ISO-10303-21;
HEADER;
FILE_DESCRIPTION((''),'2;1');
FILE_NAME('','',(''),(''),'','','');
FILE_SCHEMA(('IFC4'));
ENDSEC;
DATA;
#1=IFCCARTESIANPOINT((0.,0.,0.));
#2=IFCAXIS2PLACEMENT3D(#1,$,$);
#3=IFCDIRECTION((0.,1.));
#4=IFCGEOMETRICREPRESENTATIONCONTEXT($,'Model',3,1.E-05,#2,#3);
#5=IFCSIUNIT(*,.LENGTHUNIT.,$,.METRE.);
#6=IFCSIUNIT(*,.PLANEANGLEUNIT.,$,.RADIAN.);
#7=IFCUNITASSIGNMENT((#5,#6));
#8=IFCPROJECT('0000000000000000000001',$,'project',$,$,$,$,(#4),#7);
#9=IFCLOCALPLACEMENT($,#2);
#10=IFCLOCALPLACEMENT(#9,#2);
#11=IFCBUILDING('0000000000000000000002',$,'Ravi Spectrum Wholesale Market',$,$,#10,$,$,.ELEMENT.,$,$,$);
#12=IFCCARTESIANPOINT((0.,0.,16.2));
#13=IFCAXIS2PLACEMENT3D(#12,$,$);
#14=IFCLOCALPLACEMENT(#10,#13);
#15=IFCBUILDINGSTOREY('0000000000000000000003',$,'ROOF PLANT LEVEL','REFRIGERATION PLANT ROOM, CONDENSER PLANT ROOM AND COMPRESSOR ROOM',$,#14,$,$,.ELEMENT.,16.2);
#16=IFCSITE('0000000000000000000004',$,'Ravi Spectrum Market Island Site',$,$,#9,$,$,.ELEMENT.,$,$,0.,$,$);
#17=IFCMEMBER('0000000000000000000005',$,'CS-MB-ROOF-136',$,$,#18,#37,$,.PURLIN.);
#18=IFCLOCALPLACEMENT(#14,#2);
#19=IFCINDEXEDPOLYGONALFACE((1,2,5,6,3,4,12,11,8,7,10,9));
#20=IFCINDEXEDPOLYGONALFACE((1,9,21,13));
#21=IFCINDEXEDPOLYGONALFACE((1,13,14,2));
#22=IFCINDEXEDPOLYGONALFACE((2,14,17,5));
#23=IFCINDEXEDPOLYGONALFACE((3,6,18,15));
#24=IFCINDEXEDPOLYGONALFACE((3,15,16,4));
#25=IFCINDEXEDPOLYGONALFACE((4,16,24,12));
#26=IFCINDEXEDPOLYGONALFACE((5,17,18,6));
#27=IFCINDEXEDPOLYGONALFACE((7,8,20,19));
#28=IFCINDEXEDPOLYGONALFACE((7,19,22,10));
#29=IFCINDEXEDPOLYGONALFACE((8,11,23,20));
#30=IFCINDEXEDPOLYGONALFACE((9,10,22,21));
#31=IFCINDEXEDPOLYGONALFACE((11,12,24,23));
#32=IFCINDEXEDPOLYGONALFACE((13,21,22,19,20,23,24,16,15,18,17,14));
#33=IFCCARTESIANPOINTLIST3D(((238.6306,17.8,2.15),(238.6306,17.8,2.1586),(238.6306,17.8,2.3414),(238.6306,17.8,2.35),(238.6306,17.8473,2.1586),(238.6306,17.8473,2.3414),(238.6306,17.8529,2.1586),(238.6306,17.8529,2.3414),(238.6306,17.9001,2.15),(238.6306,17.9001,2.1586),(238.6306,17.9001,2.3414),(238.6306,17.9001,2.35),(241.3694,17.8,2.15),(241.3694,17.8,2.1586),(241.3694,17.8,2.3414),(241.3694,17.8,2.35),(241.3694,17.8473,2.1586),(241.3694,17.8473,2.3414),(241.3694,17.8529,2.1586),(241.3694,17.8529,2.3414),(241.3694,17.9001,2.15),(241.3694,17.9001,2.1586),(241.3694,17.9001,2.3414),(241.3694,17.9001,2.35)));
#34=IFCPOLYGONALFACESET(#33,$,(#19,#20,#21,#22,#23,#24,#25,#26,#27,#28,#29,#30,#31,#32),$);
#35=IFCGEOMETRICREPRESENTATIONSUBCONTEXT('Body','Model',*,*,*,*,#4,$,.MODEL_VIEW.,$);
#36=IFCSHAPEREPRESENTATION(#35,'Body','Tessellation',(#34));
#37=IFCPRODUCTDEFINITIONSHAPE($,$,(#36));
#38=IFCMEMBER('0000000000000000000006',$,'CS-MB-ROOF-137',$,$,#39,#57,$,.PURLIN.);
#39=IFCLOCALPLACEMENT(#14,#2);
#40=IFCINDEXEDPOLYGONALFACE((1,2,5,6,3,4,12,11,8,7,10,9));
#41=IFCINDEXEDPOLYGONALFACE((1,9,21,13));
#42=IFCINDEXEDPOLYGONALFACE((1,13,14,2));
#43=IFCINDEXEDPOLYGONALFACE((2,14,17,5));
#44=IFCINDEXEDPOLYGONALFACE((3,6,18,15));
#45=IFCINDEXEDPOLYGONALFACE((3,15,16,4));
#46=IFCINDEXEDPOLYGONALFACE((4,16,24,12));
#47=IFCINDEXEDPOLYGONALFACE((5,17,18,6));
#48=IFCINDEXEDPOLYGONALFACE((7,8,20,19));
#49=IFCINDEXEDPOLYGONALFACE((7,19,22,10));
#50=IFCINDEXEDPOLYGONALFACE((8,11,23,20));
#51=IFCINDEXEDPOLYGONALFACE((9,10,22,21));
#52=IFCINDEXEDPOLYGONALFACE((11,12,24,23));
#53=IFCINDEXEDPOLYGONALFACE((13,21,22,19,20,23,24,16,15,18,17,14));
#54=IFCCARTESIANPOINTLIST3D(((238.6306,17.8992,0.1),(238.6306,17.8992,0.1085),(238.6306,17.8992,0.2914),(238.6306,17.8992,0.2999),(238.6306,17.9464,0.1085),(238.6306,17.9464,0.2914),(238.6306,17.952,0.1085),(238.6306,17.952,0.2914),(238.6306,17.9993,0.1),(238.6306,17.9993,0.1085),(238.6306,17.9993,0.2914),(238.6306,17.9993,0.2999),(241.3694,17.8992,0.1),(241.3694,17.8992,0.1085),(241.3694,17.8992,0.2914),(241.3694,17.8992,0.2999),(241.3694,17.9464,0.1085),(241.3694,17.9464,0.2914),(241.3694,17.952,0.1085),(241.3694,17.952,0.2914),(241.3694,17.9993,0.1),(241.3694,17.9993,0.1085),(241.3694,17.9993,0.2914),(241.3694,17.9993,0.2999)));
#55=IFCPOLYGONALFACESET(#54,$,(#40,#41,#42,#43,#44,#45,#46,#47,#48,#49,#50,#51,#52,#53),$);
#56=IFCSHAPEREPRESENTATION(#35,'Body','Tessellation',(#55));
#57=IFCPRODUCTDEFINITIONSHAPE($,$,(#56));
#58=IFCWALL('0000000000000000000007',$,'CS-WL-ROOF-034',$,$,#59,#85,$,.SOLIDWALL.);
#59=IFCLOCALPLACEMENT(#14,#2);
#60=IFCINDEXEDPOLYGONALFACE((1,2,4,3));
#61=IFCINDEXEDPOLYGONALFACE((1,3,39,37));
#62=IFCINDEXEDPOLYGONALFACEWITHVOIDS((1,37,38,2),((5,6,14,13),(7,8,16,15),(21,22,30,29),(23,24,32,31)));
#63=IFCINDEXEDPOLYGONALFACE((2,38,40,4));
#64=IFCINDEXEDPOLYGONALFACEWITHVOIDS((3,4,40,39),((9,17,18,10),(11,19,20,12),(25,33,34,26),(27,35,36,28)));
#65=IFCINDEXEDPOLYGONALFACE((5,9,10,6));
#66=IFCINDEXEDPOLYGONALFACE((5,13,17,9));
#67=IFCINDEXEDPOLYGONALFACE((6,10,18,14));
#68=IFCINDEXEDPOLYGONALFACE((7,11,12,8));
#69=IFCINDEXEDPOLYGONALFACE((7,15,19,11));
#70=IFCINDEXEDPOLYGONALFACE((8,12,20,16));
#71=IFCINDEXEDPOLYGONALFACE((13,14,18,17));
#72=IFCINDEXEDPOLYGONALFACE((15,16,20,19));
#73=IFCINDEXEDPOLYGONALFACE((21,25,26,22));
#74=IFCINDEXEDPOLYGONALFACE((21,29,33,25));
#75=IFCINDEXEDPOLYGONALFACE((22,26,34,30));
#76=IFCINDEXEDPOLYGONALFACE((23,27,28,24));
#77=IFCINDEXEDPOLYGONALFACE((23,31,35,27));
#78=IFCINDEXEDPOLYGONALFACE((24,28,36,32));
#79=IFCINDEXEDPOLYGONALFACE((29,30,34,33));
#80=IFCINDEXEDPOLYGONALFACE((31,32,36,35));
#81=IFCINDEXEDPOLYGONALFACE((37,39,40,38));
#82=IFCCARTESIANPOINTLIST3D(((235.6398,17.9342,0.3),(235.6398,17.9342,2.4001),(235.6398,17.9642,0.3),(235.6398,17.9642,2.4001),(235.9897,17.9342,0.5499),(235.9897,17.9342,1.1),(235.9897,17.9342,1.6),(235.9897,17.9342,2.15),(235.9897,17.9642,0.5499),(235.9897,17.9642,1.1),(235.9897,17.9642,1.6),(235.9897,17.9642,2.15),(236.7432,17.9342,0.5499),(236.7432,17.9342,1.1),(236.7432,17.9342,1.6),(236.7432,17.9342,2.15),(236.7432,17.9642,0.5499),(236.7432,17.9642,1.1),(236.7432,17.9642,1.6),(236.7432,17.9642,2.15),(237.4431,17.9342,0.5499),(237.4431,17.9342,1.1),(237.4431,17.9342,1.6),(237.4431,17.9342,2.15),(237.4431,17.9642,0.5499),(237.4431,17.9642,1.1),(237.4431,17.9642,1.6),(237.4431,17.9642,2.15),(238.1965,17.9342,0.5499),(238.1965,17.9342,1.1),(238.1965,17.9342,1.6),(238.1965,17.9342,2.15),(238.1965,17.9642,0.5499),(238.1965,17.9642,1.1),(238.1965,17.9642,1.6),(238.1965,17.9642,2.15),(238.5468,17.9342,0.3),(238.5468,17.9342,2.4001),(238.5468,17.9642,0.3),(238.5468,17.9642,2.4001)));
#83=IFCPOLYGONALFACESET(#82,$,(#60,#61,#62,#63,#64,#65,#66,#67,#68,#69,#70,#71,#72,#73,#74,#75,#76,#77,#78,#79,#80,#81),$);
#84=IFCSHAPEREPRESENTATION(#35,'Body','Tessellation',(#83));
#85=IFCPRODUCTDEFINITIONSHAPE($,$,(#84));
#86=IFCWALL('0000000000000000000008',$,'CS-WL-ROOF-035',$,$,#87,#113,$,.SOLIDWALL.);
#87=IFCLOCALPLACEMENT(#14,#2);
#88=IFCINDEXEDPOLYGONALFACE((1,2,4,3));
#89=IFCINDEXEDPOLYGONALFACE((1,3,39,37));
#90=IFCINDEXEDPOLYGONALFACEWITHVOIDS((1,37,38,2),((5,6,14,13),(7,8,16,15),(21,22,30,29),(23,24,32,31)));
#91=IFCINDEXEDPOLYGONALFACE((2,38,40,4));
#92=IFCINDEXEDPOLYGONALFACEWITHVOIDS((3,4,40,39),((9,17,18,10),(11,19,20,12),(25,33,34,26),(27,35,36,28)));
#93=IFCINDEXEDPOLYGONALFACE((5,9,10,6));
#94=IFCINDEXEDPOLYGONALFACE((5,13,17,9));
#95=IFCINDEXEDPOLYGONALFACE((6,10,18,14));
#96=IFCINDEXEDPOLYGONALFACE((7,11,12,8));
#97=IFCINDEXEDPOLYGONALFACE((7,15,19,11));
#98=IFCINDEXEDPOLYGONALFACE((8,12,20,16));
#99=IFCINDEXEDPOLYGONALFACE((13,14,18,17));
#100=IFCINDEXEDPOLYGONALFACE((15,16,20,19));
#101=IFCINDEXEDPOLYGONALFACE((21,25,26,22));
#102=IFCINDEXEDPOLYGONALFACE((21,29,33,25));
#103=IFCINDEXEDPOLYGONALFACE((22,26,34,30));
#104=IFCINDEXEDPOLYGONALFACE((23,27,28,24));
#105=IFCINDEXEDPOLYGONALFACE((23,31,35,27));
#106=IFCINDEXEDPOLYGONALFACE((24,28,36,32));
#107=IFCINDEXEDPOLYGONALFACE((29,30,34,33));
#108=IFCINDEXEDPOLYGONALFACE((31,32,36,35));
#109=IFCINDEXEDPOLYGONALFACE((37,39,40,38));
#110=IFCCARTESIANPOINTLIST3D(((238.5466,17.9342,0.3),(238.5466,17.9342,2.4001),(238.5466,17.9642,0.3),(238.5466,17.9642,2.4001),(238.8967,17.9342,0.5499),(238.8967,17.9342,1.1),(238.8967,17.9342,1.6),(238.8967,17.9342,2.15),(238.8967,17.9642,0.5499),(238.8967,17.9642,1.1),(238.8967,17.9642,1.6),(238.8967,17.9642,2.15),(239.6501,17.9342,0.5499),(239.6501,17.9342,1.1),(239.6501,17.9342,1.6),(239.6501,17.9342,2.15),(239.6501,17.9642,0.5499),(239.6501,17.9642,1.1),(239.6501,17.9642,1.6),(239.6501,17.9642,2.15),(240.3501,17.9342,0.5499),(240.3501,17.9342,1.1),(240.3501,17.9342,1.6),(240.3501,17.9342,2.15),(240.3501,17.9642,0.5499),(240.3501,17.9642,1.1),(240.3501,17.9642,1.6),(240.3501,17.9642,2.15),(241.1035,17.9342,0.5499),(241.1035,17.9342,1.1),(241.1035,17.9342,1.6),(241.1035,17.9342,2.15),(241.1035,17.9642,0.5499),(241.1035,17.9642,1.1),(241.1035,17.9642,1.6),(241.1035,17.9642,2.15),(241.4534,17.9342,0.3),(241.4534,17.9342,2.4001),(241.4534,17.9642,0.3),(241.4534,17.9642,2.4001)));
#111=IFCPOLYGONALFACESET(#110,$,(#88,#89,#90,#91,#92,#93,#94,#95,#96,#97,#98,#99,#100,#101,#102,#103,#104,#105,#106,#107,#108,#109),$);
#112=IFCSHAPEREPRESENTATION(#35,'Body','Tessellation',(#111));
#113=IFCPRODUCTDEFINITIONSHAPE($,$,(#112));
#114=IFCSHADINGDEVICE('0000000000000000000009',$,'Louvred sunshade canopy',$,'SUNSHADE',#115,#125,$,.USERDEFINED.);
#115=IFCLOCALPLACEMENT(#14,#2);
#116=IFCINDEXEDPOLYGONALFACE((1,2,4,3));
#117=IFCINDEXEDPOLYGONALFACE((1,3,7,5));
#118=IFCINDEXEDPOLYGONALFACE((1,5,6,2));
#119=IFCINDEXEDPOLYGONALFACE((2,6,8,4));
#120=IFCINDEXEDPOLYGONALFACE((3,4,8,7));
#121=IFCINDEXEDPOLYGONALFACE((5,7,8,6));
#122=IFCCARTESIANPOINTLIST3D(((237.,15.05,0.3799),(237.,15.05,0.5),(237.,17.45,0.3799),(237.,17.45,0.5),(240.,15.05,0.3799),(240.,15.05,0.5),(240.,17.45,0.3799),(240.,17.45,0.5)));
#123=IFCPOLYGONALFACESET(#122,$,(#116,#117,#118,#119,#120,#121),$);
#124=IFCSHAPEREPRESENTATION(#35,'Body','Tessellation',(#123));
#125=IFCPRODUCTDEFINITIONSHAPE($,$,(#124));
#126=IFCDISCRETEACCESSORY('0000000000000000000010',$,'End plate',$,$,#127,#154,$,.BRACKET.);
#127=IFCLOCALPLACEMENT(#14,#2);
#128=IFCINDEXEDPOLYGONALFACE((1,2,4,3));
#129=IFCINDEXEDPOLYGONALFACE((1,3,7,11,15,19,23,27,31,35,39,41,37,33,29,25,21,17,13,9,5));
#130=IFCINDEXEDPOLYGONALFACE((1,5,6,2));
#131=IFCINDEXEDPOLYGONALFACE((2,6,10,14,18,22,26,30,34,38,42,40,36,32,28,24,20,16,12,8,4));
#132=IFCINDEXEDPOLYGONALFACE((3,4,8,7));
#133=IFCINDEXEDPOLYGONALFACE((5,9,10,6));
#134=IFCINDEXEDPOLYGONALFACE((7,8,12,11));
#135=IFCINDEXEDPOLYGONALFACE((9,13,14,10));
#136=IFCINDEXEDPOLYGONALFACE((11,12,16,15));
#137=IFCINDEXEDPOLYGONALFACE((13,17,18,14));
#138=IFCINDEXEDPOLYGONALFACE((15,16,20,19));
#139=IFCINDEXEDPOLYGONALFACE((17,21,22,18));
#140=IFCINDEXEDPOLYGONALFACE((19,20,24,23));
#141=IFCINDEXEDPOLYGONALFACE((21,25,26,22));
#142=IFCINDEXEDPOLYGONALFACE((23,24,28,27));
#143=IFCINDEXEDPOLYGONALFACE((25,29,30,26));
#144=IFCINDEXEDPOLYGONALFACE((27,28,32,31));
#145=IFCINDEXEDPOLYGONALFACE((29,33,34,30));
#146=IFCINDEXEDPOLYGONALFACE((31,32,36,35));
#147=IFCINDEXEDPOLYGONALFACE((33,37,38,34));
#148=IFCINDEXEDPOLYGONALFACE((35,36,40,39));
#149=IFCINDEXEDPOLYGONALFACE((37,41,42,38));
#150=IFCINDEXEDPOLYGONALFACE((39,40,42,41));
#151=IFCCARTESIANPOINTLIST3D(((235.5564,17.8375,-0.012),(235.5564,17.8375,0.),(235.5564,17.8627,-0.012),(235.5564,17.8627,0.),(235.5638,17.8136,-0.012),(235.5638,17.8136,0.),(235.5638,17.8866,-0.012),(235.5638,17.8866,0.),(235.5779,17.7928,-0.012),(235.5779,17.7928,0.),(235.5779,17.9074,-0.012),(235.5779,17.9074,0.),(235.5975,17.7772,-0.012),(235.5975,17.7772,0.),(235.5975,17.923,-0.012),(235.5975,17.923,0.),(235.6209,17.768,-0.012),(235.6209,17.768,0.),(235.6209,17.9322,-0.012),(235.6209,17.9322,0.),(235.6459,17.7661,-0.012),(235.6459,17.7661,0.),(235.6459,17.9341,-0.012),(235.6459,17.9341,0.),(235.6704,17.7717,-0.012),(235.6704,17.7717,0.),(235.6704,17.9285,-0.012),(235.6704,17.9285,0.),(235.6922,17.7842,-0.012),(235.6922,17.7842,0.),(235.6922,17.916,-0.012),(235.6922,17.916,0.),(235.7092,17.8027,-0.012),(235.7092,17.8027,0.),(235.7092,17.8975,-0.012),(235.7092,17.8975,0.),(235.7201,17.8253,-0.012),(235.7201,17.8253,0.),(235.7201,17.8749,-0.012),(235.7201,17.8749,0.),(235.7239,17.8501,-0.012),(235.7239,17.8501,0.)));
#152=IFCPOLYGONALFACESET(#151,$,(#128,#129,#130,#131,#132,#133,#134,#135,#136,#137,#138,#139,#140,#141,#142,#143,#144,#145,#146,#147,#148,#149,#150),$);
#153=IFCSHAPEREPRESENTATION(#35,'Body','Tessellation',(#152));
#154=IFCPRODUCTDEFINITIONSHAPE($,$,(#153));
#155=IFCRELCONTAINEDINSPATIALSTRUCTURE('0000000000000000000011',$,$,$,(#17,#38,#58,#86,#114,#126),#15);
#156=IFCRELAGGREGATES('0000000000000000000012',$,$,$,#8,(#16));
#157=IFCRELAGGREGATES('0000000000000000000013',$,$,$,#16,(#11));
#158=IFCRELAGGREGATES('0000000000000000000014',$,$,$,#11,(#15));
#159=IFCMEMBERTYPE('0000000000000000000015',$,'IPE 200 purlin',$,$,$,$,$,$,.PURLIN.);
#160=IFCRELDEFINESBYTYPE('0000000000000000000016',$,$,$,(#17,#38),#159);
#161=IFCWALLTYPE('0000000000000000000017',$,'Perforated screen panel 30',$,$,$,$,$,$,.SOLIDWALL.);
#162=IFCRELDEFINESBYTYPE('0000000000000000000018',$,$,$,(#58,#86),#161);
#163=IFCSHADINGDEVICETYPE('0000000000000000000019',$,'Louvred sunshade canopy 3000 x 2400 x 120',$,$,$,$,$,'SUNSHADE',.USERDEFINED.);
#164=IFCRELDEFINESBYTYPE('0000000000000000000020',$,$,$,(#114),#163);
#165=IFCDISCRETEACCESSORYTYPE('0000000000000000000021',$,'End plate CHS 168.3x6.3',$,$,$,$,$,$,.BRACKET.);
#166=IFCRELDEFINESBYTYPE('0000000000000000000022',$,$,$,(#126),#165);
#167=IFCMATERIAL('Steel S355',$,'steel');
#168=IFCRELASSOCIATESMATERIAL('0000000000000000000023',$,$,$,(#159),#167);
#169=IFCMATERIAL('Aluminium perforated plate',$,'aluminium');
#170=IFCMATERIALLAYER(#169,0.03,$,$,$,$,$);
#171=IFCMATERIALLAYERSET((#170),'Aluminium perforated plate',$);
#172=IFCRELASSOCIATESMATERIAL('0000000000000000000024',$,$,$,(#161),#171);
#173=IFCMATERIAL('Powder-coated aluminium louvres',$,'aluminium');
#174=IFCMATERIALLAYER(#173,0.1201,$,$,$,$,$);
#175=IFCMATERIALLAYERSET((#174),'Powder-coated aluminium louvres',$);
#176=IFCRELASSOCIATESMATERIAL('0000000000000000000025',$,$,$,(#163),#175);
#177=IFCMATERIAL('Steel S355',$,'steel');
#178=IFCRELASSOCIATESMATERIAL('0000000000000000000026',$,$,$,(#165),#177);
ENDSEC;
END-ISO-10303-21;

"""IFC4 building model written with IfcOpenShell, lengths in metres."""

from ifc_helpers import new_model, si_unit, direction, frame, frame_2d, origin, origin_2d, place, context, subcontext, project, spatial, rectangle, circle, i_section, extrude, material, layer, layer_set, material_profile, profile_set, type_object, element, save


model = new_model("IFC4")

# Units and contexts
model_context = context("Model", 3, precision=1e-05, world=origin(), true_north=direction((0.0, 1.0)))
body_context = subcontext(model_context, "Body", "Model", "MODEL_VIEW")
ifc_project = project(units=[si_unit("LENGTHUNIT", "METRE"), si_unit("PLANEANGLEUNIT", "RADIAN")], contexts=[model_context])

# Site, building, storey
site_placement = place(None, origin())
site = spatial("IfcSite", under=ifc_project, at=site_placement, Name="Ravi Spectrum Market Island Site", CompositionType="ELEMENT", RefElevation=0.0)
building_placement = place(site_placement, origin())
building = spatial("IfcBuilding", under=site, at=building_placement, Name="Ravi Spectrum Wholesale Market", CompositionType="ELEMENT")
storey_placement = place(building_placement, frame((0.0, 0.0, 16.2)))
storey = spatial("IfcBuildingStorey", under=building, at=storey_placement, Name="ROOF PLANT LEVEL", Description="REFRIGERATION PLANT ROOM, CONDENSER PLANT ROOM AND COMPRESSOR ROOM", CompositionType="ELEMENT", Elevation=16.2)

# Members
ifc_material_1 = material(Name="Steel S355", Category="steel")
ifc_material_profile_1 = material_profile(ifc_material_1, i_section(OverallWidth=0.1001, OverallDepth=0.2, WebThickness=0.0056, FlangeThickness=0.0085, at=origin_2d()))
ifc_profile_set_1 = profile_set([ifc_material_profile_1], Name="Steel S355")
member_type_1 = type_object("IfcMemberType", Name="IPE 200 purlin", PredefinedType="PURLIN", material=ifc_profile_set_1)
for number, where, z_axis, x_axis, name in (
    (1, (238.6306, 17.8501, 2.25), (1.0, 0.0, 0.0), (0.0, 1.0, 0.0), "CS-MB-ROOF-136"),
    (2, (238.6306, 17.9492, 0.2), (1.0, 0.0, 0.0), (0.0, 1.0, 0.0), "CS-MB-ROOF-137"),
):
    element("IfcMember", number, at=place(storey_placement, frame(where, z_axis=z_axis, x_axis=x_axis)), inside=storey, type_object=member_type_1, Name=name, PredefinedType="PURLIN", context=body_context, shape_type="SweptSolid", body=[
        extrude(i_section(OverallWidth=0.1001, OverallDepth=0.2, WebThickness=0.0056, FlangeThickness=0.0085, at=origin_2d()), origin(), (0.0, 0.0, 1.0), 2.7388),
    ])

# Walls, openings
ifc_material_2 = material(Name="Aluminium perforated plate", Category="aluminium")
ifc_layer_1 = layer(ifc_material_2, 0.03)
ifc_layer_set_1 = layer_set([ifc_layer_1], Name="Aluminium perforated plate")
wall_type = type_object("IfcWallType", Name="Perforated screen panel 30", PredefinedType="SOLIDWALL", material=ifc_layer_set_1)
wall_1_placement = place(storey_placement, frame((235.6396, 17.9492, 0.3), z_axis=(0.0, 0.0, 1.0), x_axis=(1.0, 0.0, 0.0)))
wall_1 = element("IfcWall", 3, at=wall_1_placement, inside=storey, type_object=wall_type, Name="CS-WL-ROOF-034", PredefinedType="SOLIDWALL", context=body_context, shape_type="SweptSolid", body=[
    extrude(rectangle(XDim=2.907, YDim=0.03, at=frame_2d((1.4536, 0.0))), origin(), (0.0, 0.0, 1.0), 2.1001),
])
opening_1_placement = place(wall_1_placement, frame((0.3501, 0.0, 0.25)))
element("IfcOpeningElement", 4, at=opening_1_placement, cuts=wall_1, PredefinedType="OPENING", context=body_context, shape_type="SweptSolid", body=[
    extrude(rectangle(XDim=0.7534, YDim=0.55, at=frame_2d((0.3767, 0.2749))), frame((0.0, 0.0249, 0.0), z_axis=(0.0, -1.0, 0.0), x_axis=(1.0, 0.0, 0.0)), (0.0, 0.0, 1.0), 0.05),
])
opening_2_placement = place(wall_1_placement, frame((0.3501, 0.0, 1.3)))
element("IfcOpeningElement", 5, at=opening_2_placement, cuts=wall_1, PredefinedType="OPENING", context=body_context, shape_type="SweptSolid", body=[
    extrude(rectangle(XDim=0.7534, YDim=0.55, at=frame_2d((0.3767, 0.2749))), frame((0.0, 0.0249, 0.0), z_axis=(0.0, -1.0, 0.0), x_axis=(1.0, 0.0, 0.0)), (0.0, 0.0, 1.0), 0.05),
])
opening_3_placement = place(wall_1_placement, frame((1.8035, 0.0, 0.25)))
element("IfcOpeningElement", 6, at=opening_3_placement, cuts=wall_1, PredefinedType="OPENING", context=body_context, shape_type="SweptSolid", body=[
    extrude(rectangle(XDim=0.7534, YDim=0.55, at=frame_2d((0.3767, 0.2749))), frame((0.0, 0.0249, 0.0), z_axis=(0.0, -1.0, 0.0), x_axis=(1.0, 0.0, 0.0)), (0.0, 0.0, 1.0), 0.05),
])
opening_4_placement = place(wall_1_placement, frame((1.8035, 0.0, 1.3)))
element("IfcOpeningElement", 7, at=opening_4_placement, cuts=wall_1, PredefinedType="OPENING", context=body_context, shape_type="SweptSolid", body=[
    extrude(rectangle(XDim=0.7534, YDim=0.55, at=frame_2d((0.3767, 0.2749))), frame((0.0, 0.0249, 0.0), z_axis=(0.0, -1.0, 0.0), x_axis=(1.0, 0.0, 0.0)), (0.0, 0.0, 1.0), 0.05),
])
wall_2_placement = place(storey_placement, frame((238.5466, 17.9492, 0.3), z_axis=(0.0, 0.0, 1.0), x_axis=(1.0, 0.0, 0.0)))
wall_2 = element("IfcWall", 8, at=wall_2_placement, inside=storey, type_object=wall_type, Name="CS-WL-ROOF-035", PredefinedType="SOLIDWALL", context=body_context, shape_type="SweptSolid", body=[
    extrude(rectangle(XDim=2.9067, YDim=0.03, at=frame_2d((1.4534, 0.0))), origin(), (0.0, 0.0, 1.0), 2.1001),
])
opening_5_placement = place(wall_2_placement, frame((0.3501, 0.0, 0.25)))
element("IfcOpeningElement", 9, at=opening_5_placement, cuts=wall_2, PredefinedType="OPENING", context=body_context, shape_type="SweptSolid", body=[
    extrude(rectangle(XDim=0.7534, YDim=0.55, at=frame_2d((0.3767, 0.2749))), frame((0.0, 0.0249, 0.0), z_axis=(0.0, -1.0, 0.0), x_axis=(1.0, 0.0, 0.0)), (0.0, 0.0, 1.0), 0.05),
])
opening_6_placement = place(wall_2_placement, frame((0.3501, 0.0, 1.3)))
element("IfcOpeningElement", 10, at=opening_6_placement, cuts=wall_2, PredefinedType="OPENING", context=body_context, shape_type="SweptSolid", body=[
    extrude(rectangle(XDim=0.7534, YDim=0.55, at=frame_2d((0.3767, 0.2749))), frame((0.0, 0.0249, 0.0), z_axis=(0.0, -1.0, 0.0), x_axis=(1.0, 0.0, 0.0)), (0.0, 0.0, 1.0), 0.05),
])
opening_7_placement = place(wall_2_placement, frame((1.8035, 0.0, 0.25)))
element("IfcOpeningElement", 11, at=opening_7_placement, cuts=wall_2, PredefinedType="OPENING", context=body_context, shape_type="SweptSolid", body=[
    extrude(rectangle(XDim=0.7534, YDim=0.55, at=frame_2d((0.3767, 0.2749))), frame((0.0, 0.0249, 0.0), z_axis=(0.0, -1.0, 0.0), x_axis=(1.0, 0.0, 0.0)), (0.0, 0.0, 1.0), 0.05),
])
opening_8_placement = place(wall_2_placement, frame((1.8035, 0.0, 1.3)))
element("IfcOpeningElement", 12, at=opening_8_placement, cuts=wall_2, PredefinedType="OPENING", context=body_context, shape_type="SweptSolid", body=[
    extrude(rectangle(XDim=0.7534, YDim=0.55, at=frame_2d((0.3767, 0.2749))), frame((0.0, 0.0249, 0.0), z_axis=(0.0, -1.0, 0.0), x_axis=(1.0, 0.0, 0.0)), (0.0, 0.0, 1.0), 0.05),
])

# Shading device
ifc_material_3 = material(Name="Powder-coated aluminium louvres", Category="aluminium")
ifc_layer_2 = layer(ifc_material_3, 0.1201)
ifc_layer_set_2 = layer_set([ifc_layer_2], Name="Powder-coated aluminium louvres")
shading_device_type = type_object("IfcShadingDeviceType", Name="Louvred sunshade canopy 3000 x 2400 x 120", ElementType="SUNSHADE", PredefinedType="USERDEFINED", material=ifc_layer_set_2)
shading_device_placement = place(storey_placement, frame((238.5, 16.25, 0.3799), z_axis=(0.0, 0.0, 1.0), x_axis=(1.0, 0.0, 0.0)))
element("IfcShadingDevice", 13, at=shading_device_placement, inside=storey, type_object=shading_device_type, Name="Louvred sunshade canopy", ObjectType="SUNSHADE", PredefinedType="USERDEFINED", context=body_context, shape_type="SweptSolid", body=[
    extrude(rectangle(XDim=3.0, YDim=2.3999, at=origin_2d()), origin(), (0.0, 0.0, 1.0), 0.1201),
])

# Discrete accessory
ifc_material_4 = material(Name="Steel S355", Category="steel")
ifc_material_profile_2 = material_profile(ifc_material_4, circle(Radius=0.0842, at=origin_2d()))
ifc_profile_set_2 = profile_set([ifc_material_profile_2], Name="Steel S355")
discrete_accessory_type_1 = type_object("IfcDiscreteAccessoryType", Name="End plate CHS 168.3x6.3", PredefinedType="BRACKET", material=ifc_profile_set_2)
for number, where, z_axis, x_axis, name in (
    (14, (235.6396, 17.8501, 0.0), (0.0, 0.0, -1.0), (1.0, 0.0, 0.0), "End plate"),
):
    element("IfcDiscreteAccessory", number, at=place(storey_placement, frame(where, z_axis=z_axis, x_axis=x_axis)), inside=storey, type_object=discrete_accessory_type_1, Name=name, PredefinedType="BRACKET", context=body_context, shape_type="SweptSolid", body=[
        extrude(circle(Radius=0.0842, at=origin_2d()), origin(), (0.0, 0.0, 1.0), 0.012),
    ])

save(model, "model.ifc")
